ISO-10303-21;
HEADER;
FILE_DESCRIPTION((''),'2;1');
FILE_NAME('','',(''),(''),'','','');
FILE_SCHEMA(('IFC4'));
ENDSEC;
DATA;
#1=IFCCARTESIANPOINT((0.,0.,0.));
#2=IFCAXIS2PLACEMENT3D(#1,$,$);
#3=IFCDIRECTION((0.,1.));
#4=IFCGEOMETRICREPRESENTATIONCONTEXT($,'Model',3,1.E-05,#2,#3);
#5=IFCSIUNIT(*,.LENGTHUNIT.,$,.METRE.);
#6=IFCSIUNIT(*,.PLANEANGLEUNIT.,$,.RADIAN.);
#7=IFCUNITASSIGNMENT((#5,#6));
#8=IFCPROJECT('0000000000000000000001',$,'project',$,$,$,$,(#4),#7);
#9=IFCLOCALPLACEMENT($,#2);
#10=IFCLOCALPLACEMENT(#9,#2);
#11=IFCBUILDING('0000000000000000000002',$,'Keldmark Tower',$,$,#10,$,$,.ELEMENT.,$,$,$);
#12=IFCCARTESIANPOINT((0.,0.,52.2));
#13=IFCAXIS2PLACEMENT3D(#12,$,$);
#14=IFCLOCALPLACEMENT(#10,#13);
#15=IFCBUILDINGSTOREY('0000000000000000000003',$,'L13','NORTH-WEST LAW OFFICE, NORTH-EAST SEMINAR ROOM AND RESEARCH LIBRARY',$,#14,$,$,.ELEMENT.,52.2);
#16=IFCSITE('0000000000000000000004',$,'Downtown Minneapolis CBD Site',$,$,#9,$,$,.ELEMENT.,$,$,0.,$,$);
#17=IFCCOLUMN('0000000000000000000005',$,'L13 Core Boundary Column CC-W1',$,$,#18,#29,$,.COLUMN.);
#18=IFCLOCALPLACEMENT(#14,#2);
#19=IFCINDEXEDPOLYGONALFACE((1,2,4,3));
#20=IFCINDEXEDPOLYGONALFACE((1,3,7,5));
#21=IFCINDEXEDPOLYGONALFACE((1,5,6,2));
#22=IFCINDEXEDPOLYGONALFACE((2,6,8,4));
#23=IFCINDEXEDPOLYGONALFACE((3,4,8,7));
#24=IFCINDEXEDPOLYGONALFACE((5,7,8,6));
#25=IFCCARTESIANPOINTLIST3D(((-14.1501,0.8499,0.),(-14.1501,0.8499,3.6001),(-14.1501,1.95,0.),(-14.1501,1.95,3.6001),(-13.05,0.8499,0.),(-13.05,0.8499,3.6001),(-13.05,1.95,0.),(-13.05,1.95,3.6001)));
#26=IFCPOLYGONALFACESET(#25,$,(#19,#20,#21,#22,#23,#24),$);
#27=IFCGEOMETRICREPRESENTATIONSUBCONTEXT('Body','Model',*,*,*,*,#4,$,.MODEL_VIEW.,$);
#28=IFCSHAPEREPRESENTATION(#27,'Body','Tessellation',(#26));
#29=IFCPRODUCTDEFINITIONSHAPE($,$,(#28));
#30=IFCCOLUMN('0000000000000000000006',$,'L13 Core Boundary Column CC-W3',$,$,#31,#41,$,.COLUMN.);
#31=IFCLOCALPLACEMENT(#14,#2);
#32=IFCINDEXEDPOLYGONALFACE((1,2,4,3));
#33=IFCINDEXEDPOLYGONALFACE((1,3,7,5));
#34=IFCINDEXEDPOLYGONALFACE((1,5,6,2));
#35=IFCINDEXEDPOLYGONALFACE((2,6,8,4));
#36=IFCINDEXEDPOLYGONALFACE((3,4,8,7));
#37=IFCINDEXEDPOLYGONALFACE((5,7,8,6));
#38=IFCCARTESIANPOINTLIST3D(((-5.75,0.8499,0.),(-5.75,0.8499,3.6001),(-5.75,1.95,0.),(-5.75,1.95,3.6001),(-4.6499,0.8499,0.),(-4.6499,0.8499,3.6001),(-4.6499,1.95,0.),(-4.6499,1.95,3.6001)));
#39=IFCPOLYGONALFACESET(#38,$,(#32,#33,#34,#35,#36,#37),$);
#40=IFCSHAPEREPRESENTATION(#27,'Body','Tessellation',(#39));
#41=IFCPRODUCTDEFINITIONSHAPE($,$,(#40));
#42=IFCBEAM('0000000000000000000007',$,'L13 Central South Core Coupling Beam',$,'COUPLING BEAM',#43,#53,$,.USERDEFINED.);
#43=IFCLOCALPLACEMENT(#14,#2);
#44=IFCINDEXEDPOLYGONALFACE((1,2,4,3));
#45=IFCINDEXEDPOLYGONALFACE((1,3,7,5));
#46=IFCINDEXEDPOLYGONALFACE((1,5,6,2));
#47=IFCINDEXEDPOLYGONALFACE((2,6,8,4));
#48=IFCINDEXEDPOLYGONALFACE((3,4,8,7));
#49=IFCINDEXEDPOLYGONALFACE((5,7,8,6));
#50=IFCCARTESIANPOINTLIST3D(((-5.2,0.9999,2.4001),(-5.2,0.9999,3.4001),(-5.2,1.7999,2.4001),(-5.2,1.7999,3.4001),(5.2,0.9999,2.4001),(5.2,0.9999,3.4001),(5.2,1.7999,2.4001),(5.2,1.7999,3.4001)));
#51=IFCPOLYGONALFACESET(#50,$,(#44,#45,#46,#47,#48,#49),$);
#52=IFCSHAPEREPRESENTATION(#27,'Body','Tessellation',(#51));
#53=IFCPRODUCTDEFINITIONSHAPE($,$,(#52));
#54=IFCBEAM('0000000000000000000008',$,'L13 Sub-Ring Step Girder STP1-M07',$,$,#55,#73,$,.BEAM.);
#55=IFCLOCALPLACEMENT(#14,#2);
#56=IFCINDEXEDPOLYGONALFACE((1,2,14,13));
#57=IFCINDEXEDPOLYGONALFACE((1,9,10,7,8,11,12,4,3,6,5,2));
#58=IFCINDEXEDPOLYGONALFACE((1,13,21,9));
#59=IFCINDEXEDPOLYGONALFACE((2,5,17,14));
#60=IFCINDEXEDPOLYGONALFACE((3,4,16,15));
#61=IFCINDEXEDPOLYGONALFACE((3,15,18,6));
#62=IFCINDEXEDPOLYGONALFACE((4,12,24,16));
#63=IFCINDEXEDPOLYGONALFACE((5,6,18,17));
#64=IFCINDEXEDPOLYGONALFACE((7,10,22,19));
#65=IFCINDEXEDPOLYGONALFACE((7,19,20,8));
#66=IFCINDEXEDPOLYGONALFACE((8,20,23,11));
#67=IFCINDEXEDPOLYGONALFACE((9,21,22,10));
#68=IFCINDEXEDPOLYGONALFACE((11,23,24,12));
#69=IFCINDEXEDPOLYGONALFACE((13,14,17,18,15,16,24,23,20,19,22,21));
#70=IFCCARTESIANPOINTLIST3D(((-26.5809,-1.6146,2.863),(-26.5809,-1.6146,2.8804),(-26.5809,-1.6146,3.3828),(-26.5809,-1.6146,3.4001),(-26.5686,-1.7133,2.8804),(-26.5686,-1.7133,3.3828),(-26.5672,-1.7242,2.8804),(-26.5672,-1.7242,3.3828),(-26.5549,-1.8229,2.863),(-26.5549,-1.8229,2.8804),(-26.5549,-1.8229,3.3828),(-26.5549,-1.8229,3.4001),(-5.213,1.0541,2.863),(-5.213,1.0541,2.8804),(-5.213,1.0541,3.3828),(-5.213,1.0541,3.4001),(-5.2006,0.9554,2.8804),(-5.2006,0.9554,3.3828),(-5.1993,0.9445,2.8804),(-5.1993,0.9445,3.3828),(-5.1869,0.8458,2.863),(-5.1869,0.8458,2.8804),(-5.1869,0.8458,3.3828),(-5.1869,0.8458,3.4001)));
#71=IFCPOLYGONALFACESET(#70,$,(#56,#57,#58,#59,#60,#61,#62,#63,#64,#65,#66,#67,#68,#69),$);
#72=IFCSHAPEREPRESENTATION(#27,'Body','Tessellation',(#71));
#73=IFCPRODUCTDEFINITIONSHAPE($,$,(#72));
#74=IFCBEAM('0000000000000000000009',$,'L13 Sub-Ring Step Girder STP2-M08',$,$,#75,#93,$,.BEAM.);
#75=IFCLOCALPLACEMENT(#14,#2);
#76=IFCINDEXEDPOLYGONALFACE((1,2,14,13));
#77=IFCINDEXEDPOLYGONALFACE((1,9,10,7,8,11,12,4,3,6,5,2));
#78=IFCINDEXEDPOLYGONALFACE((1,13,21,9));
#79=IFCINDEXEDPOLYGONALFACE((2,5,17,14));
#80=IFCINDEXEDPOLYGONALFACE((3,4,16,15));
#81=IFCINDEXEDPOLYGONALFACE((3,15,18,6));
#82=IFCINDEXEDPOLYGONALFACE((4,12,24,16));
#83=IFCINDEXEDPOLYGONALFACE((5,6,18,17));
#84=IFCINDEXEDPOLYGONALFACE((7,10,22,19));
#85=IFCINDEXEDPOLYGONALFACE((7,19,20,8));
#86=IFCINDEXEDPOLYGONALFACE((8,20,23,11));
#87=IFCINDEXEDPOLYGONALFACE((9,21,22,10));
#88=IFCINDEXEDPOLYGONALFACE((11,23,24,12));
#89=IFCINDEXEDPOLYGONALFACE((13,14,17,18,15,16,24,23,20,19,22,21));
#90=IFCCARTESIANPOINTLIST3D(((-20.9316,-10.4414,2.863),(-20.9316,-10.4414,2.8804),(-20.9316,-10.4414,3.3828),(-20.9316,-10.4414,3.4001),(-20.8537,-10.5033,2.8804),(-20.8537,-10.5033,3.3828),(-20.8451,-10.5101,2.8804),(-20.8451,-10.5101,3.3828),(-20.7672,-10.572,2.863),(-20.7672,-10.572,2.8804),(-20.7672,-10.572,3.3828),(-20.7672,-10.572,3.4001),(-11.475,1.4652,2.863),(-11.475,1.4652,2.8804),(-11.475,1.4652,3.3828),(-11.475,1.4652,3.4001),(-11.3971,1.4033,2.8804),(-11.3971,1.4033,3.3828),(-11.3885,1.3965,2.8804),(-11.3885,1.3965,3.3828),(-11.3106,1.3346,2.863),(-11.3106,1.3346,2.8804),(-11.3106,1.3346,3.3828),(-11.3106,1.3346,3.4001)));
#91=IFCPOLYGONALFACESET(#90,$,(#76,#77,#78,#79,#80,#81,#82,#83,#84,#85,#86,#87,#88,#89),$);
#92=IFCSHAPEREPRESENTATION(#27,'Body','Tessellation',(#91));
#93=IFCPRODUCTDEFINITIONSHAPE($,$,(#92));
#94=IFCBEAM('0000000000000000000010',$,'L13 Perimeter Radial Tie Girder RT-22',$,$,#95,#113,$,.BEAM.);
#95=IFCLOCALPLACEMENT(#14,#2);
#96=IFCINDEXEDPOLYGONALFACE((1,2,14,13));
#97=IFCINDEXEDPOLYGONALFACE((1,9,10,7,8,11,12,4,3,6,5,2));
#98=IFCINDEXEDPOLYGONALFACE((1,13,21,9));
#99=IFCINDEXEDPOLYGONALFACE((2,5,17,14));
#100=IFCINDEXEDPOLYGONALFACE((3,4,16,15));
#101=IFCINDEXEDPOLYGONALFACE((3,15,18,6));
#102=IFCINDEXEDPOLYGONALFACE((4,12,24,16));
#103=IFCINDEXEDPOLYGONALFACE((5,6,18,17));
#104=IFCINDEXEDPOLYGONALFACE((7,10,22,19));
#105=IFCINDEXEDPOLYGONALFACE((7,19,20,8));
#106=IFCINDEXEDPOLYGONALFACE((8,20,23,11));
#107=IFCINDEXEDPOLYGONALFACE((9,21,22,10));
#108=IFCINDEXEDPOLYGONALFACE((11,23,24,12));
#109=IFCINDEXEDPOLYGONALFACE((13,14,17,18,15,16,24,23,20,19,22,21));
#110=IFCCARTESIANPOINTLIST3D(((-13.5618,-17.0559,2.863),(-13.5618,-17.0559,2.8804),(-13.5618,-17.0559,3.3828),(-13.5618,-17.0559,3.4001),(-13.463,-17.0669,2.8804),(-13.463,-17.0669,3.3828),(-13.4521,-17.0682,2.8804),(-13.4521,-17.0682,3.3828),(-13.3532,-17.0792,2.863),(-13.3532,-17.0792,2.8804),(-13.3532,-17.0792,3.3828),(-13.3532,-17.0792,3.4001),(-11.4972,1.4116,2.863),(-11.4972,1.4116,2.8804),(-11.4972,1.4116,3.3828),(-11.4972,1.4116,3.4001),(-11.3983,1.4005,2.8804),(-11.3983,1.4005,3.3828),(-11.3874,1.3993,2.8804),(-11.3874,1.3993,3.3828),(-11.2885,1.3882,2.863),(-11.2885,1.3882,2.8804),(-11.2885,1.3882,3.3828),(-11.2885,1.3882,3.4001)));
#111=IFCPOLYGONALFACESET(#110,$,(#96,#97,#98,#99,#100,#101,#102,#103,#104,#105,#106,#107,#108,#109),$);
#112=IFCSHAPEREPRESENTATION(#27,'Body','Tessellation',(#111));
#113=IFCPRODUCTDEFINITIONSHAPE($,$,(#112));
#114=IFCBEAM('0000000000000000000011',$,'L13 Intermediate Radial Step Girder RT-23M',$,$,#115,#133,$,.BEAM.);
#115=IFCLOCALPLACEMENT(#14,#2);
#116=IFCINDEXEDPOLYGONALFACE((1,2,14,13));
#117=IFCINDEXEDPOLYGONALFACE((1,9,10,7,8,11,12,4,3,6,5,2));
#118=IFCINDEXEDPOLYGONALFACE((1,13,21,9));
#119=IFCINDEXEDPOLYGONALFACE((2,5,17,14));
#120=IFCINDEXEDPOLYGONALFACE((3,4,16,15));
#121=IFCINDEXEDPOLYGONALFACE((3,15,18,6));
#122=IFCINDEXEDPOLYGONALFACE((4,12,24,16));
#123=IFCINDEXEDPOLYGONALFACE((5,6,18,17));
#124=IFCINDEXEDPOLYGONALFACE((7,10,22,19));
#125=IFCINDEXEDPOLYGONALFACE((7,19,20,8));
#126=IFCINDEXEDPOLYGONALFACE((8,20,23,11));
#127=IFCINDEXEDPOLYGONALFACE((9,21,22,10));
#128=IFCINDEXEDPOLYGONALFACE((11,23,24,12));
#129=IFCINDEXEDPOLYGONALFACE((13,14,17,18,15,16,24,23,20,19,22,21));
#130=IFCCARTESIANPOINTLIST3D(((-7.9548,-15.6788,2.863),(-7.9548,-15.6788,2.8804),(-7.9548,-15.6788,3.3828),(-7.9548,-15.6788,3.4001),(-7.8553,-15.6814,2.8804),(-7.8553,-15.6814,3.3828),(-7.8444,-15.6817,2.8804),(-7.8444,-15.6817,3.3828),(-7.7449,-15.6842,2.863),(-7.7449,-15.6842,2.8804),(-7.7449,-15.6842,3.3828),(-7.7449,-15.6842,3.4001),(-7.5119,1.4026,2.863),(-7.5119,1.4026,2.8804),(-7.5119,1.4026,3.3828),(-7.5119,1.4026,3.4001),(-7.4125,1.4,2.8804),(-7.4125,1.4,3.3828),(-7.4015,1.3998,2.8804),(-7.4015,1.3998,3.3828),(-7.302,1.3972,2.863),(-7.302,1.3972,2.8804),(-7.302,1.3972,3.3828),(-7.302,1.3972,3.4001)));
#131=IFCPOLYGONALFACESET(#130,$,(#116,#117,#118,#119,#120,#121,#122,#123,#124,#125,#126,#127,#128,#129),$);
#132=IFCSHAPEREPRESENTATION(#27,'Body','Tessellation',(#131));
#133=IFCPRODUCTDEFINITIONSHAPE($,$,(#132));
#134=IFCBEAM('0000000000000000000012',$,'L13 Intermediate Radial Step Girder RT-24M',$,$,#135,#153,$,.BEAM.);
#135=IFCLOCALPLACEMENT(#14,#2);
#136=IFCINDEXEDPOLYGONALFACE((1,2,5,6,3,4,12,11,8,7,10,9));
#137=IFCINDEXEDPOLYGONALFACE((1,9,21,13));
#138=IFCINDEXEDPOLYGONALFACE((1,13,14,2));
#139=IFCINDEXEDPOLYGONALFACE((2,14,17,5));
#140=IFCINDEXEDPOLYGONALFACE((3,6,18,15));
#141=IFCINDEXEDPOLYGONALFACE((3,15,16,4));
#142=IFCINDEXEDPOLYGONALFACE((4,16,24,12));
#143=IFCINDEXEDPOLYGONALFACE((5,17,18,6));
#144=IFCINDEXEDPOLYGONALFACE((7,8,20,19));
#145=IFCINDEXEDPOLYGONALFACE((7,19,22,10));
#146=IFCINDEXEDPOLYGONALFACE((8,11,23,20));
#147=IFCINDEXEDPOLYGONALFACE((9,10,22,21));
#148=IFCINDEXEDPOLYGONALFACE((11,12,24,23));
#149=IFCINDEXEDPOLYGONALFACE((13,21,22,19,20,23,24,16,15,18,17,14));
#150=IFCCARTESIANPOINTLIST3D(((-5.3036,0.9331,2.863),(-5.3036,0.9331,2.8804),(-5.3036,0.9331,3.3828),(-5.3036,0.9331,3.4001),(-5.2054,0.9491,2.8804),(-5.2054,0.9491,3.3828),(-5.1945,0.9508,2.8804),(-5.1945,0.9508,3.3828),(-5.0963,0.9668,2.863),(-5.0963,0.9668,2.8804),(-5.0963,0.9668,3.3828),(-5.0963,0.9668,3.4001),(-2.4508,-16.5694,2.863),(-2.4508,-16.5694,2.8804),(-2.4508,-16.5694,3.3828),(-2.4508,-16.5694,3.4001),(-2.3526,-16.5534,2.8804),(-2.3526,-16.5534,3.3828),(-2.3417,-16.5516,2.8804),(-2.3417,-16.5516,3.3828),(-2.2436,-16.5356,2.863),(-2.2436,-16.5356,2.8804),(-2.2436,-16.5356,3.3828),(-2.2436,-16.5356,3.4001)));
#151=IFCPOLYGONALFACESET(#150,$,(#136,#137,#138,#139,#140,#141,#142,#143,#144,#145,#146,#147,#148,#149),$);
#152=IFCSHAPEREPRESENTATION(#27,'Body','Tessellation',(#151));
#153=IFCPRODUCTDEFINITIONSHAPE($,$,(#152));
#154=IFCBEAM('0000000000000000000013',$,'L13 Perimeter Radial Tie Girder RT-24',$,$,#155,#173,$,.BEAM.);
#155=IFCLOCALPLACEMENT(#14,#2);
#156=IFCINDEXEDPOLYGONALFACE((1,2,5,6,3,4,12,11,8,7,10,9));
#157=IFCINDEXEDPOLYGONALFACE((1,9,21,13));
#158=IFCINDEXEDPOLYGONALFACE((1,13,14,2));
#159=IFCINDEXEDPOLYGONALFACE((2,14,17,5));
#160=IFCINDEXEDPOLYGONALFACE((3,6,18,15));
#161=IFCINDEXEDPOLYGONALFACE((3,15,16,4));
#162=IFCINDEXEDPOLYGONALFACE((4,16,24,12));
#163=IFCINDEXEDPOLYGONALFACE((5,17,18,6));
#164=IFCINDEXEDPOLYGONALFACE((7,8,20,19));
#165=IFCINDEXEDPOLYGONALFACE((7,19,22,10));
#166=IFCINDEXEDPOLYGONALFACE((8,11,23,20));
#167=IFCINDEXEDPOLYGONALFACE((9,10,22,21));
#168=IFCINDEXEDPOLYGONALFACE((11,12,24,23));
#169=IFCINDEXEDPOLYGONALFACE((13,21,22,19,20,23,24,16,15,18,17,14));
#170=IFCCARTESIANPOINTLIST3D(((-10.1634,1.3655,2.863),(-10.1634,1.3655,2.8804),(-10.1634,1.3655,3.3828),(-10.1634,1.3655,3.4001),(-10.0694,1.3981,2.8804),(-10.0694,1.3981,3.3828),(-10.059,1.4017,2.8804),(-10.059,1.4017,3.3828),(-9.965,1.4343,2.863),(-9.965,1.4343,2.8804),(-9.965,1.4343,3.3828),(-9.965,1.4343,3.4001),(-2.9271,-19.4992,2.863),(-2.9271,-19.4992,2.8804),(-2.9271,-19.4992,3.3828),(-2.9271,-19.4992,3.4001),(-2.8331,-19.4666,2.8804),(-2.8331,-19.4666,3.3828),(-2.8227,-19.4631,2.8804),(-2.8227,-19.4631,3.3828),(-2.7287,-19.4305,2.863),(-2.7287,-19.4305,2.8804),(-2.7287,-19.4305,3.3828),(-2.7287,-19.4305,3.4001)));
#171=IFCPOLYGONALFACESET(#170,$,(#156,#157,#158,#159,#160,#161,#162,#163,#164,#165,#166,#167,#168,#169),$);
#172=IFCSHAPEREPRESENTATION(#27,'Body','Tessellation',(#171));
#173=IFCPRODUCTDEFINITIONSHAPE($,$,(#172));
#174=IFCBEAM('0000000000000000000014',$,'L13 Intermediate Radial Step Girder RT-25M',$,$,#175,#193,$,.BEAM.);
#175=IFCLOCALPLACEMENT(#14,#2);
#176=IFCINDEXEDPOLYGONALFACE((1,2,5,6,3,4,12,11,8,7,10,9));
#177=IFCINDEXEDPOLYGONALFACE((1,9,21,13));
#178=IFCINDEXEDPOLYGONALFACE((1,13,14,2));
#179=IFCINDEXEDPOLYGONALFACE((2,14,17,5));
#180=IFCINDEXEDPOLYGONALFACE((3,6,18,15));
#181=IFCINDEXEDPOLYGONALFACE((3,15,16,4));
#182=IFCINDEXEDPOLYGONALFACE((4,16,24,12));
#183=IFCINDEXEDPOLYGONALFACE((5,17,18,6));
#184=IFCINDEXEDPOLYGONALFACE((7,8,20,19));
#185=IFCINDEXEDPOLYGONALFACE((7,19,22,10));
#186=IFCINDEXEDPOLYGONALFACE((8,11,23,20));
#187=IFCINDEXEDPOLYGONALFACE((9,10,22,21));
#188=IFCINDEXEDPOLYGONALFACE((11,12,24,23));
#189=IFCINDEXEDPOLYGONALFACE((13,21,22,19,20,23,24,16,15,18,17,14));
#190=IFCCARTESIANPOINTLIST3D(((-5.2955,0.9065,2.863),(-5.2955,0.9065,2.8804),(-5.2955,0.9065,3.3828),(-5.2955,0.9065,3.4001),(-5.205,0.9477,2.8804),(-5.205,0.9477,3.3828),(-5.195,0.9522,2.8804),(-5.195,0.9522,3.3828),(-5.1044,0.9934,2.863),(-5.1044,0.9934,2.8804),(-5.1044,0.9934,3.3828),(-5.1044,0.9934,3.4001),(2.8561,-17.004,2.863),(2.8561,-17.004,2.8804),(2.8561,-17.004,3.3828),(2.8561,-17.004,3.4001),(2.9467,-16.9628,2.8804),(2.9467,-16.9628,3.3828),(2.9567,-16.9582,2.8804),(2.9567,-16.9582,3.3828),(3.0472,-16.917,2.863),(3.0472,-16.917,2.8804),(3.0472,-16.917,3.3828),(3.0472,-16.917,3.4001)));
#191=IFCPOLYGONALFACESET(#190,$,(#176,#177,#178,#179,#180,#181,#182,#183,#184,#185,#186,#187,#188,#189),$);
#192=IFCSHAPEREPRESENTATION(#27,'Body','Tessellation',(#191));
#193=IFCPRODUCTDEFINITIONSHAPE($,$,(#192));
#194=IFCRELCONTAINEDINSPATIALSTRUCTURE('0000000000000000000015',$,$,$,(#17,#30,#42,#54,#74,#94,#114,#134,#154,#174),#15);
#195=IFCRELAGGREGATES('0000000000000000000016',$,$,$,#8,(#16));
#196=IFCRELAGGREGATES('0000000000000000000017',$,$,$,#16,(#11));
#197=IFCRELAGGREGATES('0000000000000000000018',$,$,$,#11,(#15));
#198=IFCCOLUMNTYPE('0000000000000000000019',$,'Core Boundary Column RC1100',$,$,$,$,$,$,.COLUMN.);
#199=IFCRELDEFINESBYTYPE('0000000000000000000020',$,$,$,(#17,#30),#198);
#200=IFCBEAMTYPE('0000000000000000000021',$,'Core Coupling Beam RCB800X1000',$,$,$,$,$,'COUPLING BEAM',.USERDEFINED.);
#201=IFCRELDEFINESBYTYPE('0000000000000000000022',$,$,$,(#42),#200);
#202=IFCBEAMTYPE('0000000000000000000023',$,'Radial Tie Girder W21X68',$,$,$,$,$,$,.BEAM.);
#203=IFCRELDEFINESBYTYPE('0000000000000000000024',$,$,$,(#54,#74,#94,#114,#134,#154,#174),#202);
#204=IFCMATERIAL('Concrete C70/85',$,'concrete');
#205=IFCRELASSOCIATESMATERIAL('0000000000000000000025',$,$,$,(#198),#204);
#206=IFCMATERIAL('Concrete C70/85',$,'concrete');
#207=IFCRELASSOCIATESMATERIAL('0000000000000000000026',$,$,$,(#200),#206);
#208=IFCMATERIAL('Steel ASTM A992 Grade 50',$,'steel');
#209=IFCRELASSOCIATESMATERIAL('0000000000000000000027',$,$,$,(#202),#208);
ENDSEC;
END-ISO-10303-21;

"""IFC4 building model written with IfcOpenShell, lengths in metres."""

from ifc_helpers import new_model, si_unit, direction, frame, origin, origin_2d, place, context, subcontext, project, spatial, rectangle, i_section, extrude, material, material_profile, profile_set, type_object, element, save


model = new_model("IFC4")

# Units and contexts
model_context = context("Model", 3, precision=1e-05, world=origin(), true_north=direction((0.0, 1.0)))
body_context = subcontext(model_context, "Body", "Model", "MODEL_VIEW")
ifc_project = project(units=[si_unit("LENGTHUNIT", "METRE"), si_unit("PLANEANGLEUNIT", "RADIAN")], contexts=[model_context])

# Site, building, storey
site_placement = place(None, origin())
site = spatial("IfcSite", under=ifc_project, at=site_placement, Name="Downtown Minneapolis CBD Site", CompositionType="ELEMENT", RefElevation=0.0)
building_placement = place(site_placement, origin())
building = spatial("IfcBuilding", under=site, at=building_placement, Name="Keldmark Tower", CompositionType="ELEMENT")
storey_placement = place(building_placement, frame((0.0, 0.0, 52.2)))
storey = spatial("IfcBuildingStorey", under=building, at=storey_placement, Name="L13", Description="NORTH-WEST LAW OFFICE, NORTH-EAST SEMINAR ROOM AND RESEARCH LIBRARY", CompositionType="ELEMENT", Elevation=52.2)

# Columns
ifc_material_1 = material(Name="Concrete C70/85", Category="concrete")
ifc_material_profile_1 = material_profile(ifc_material_1, rectangle(XDim=1.1001, YDim=1.1001, at=origin_2d()), Name="RC1100X1100")
ifc_profile_set_1 = profile_set([ifc_material_profile_1], Name="Concrete C70/85")
column_type = type_object("IfcColumnType", Name="Core Boundary Column RC1100", PredefinedType="COLUMN", material=ifc_profile_set_1)
for number, where, z_axis, x_axis, name in (
    (1, (-13.6001, 1.3999, 0.0), (0.0, 0.0, 1.0), (1.0, 0.0, 0.0), "L13 Core Boundary Column CC-W1"),
    (2, (-5.2, 1.3999, 0.0), (0.0, 0.0, 1.0), (1.0, 0.0, 0.0), "L13 Core Boundary Column CC-W3"),
):
    element("IfcColumn", number, at=place(storey_placement, frame(where, z_axis=z_axis, x_axis=x_axis)), inside=storey, type_object=column_type, Name=name, PredefinedType="COLUMN", context=body_context, shape_type="SweptSolid", body=[
        extrude(rectangle(XDim=1.1001, YDim=1.1001, at=origin_2d()), origin(), (0.0, 0.0, 1.0), 3.6001),
    ])

# Beams
ifc_material_2 = material(Name="Concrete C70/85", Category="concrete")
ifc_material_profile_2 = material_profile(ifc_material_2, rectangle(XDim=0.8, YDim=1.0, at=origin_2d()), Name="RCB800X1000")
ifc_profile_set_2 = profile_set([ifc_material_profile_2], Name="Concrete C70/85")
beam_type_1 = type_object("IfcBeamType", Name="Core Coupling Beam RCB800X1000", ElementType="COUPLING BEAM", PredefinedType="USERDEFINED", material=ifc_profile_set_2)
beam_1_placement = place(storey_placement, frame((-5.2, 1.3999, 2.9001), z_axis=(1.0, 0.0, 0.0), x_axis=(0.0, 1.0, 0.0)))
element("IfcBeam", 3, at=beam_1_placement, inside=storey, type_object=beam_type_1, Name="L13 Central South Core Coupling Beam", ObjectType="COUPLING BEAM", PredefinedType="USERDEFINED", context=body_context, shape_type="SweptSolid", body=[
    extrude(rectangle(XDim=0.8, YDim=1.0, at=origin_2d()), origin(), (0.0, 0.0, 1.0), 10.3999),
])
ifc_material_3 = material(Name="Steel ASTM A992 Grade 50", Category="steel")
ifc_material_profile_3 = material_profile(ifc_material_3, i_section(OverallWidth=0.21, OverallDepth=0.5371, WebThickness=0.011, FlangeThickness=0.0173, at=origin_2d()), Name="W21X68")
ifc_profile_set_3 = profile_set([ifc_material_profile_3], Name="Steel ASTM A992 Grade 50")
beam_type_2 = type_object("IfcBeamType", Name="Radial Tie Girder W21X68", PredefinedType="BEAM", material=ifc_profile_set_3)
beam_2_placement = place(storey_placement, frame((-5.2, 0.95, 3.1316), z_axis=(-0.992291, -0.12393, 0.0), x_axis=(0.12393, -0.992291, 0.0)))
element("IfcBeam", 4, at=beam_2_placement, inside=storey, type_object=beam_type_2, Name="L13 Sub-Ring Step Girder STP1-M07", PredefinedType="BEAM", context=body_context, shape_type="SweptSolid", body=[
    extrude(i_section(OverallWidth=0.21, OverallDepth=0.5371, WebThickness=0.011, FlangeThickness=0.0173, at=origin_2d()), origin(), (0.0, 0.0, 1.0), 21.5339),
])
beam_3_placement = place(storey_placement, frame((-11.3928, 1.3999, 3.1316), z_axis=(-0.621938, -0.783066, 0.0), x_axis=(0.783066, -0.621938, 0.0)))
element("IfcBeam", 5, at=beam_3_placement, inside=storey, type_object=beam_type_2, Name="L13 Sub-Ring Step Girder STP2-M08", PredefinedType="BEAM", context=body_context, shape_type="SweptSolid", body=[
    extrude(i_section(OverallWidth=0.21, OverallDepth=0.5371, WebThickness=0.011, FlangeThickness=0.0173, at=origin_2d()), origin(), (0.0, 0.0, 1.0), 15.2051),
])
beam_4_placement = place(storey_placement, frame((-11.3928, 1.3999, 3.1316), z_axis=(-0.111109, -0.993808, 0.0), x_axis=(0.993808, -0.111109, 0.0)))
element("IfcBeam", 6, at=beam_4_placement, inside=storey, type_object=beam_type_2, Name="L13 Perimeter Radial Tie Girder RT-22", PredefinedType="BEAM", context=body_context, shape_type="SweptSolid", body=[
    extrude(i_section(OverallWidth=0.21, OverallDepth=0.5371, WebThickness=0.011, FlangeThickness=0.0173, at=origin_2d()), origin(), (0.0, 0.0, 1.0), 18.5825),
])
beam_5_placement = place(storey_placement, frame((-7.407, 1.3999, 3.1316), z_axis=(-0.025919, -0.999664, 0.0), x_axis=(0.999664, -0.025919, 0.0)))
element("IfcBeam", 7, at=beam_5_placement, inside=storey, type_object=beam_type_2, Name="L13 Intermediate Radial Step Girder RT-23M", PredefinedType="BEAM", context=body_context, shape_type="SweptSolid", body=[
    extrude(i_section(OverallWidth=0.21, OverallDepth=0.5371, WebThickness=0.011, FlangeThickness=0.0173, at=origin_2d()), origin(), (0.0, 0.0, 1.0), 17.0872),
])
beam_6_placement = place(storey_placement, frame((-5.2, 0.95, 3.1316), z_axis=(0.160871, -0.986976, 0.0), x_axis=(0.986976, 0.160871, 0.0)))
element("IfcBeam", 8, at=beam_6_placement, inside=storey, type_object=beam_type_2, Name="L13 Intermediate Radial Step Girder RT-24M", PredefinedType="BEAM", context=body_context, shape_type="SweptSolid", body=[
    extrude(i_section(OverallWidth=0.21, OverallDepth=0.5371, WebThickness=0.011, FlangeThickness=0.0173, at=origin_2d()), origin(), (0.0, 0.0, 1.0), 17.7334),
])
beam_7_placement = place(storey_placement, frame((-10.0642, 1.3999, 3.1316), z_axis=(0.327673, -0.944791, 0.0), x_axis=(0.944791, 0.327673, 0.0)))
element("IfcBeam", 9, at=beam_7_placement, inside=storey, type_object=beam_type_2, Name="L13 Perimeter Radial Tie Girder RT-24", PredefinedType="BEAM", context=body_context, shape_type="SweptSolid", body=[
    extrude(i_section(OverallWidth=0.21, OverallDepth=0.5371, WebThickness=0.011, FlangeThickness=0.0173, at=origin_2d()), origin(), (0.0, 0.0, 1.0), 22.084),
])
beam_8_placement = place(storey_placement, frame((-5.2, 0.95, 3.1316), z_axis=(0.414246, -0.910165, 0.0), x_axis=(0.910165, 0.414246, 0.0)))
element("IfcBeam", 10, at=beam_8_placement, inside=storey, type_object=beam_type_2, Name="L13 Intermediate Radial Step Girder RT-25M", PredefinedType="BEAM", context=body_context, shape_type="SweptSolid", body=[
    extrude(i_section(OverallWidth=0.21, OverallDepth=0.5371, WebThickness=0.011, FlangeThickness=0.0173, at=origin_2d()), origin(), (0.0, 0.0, 1.0), 19.6782),
])

save(model, "model.ifc")
